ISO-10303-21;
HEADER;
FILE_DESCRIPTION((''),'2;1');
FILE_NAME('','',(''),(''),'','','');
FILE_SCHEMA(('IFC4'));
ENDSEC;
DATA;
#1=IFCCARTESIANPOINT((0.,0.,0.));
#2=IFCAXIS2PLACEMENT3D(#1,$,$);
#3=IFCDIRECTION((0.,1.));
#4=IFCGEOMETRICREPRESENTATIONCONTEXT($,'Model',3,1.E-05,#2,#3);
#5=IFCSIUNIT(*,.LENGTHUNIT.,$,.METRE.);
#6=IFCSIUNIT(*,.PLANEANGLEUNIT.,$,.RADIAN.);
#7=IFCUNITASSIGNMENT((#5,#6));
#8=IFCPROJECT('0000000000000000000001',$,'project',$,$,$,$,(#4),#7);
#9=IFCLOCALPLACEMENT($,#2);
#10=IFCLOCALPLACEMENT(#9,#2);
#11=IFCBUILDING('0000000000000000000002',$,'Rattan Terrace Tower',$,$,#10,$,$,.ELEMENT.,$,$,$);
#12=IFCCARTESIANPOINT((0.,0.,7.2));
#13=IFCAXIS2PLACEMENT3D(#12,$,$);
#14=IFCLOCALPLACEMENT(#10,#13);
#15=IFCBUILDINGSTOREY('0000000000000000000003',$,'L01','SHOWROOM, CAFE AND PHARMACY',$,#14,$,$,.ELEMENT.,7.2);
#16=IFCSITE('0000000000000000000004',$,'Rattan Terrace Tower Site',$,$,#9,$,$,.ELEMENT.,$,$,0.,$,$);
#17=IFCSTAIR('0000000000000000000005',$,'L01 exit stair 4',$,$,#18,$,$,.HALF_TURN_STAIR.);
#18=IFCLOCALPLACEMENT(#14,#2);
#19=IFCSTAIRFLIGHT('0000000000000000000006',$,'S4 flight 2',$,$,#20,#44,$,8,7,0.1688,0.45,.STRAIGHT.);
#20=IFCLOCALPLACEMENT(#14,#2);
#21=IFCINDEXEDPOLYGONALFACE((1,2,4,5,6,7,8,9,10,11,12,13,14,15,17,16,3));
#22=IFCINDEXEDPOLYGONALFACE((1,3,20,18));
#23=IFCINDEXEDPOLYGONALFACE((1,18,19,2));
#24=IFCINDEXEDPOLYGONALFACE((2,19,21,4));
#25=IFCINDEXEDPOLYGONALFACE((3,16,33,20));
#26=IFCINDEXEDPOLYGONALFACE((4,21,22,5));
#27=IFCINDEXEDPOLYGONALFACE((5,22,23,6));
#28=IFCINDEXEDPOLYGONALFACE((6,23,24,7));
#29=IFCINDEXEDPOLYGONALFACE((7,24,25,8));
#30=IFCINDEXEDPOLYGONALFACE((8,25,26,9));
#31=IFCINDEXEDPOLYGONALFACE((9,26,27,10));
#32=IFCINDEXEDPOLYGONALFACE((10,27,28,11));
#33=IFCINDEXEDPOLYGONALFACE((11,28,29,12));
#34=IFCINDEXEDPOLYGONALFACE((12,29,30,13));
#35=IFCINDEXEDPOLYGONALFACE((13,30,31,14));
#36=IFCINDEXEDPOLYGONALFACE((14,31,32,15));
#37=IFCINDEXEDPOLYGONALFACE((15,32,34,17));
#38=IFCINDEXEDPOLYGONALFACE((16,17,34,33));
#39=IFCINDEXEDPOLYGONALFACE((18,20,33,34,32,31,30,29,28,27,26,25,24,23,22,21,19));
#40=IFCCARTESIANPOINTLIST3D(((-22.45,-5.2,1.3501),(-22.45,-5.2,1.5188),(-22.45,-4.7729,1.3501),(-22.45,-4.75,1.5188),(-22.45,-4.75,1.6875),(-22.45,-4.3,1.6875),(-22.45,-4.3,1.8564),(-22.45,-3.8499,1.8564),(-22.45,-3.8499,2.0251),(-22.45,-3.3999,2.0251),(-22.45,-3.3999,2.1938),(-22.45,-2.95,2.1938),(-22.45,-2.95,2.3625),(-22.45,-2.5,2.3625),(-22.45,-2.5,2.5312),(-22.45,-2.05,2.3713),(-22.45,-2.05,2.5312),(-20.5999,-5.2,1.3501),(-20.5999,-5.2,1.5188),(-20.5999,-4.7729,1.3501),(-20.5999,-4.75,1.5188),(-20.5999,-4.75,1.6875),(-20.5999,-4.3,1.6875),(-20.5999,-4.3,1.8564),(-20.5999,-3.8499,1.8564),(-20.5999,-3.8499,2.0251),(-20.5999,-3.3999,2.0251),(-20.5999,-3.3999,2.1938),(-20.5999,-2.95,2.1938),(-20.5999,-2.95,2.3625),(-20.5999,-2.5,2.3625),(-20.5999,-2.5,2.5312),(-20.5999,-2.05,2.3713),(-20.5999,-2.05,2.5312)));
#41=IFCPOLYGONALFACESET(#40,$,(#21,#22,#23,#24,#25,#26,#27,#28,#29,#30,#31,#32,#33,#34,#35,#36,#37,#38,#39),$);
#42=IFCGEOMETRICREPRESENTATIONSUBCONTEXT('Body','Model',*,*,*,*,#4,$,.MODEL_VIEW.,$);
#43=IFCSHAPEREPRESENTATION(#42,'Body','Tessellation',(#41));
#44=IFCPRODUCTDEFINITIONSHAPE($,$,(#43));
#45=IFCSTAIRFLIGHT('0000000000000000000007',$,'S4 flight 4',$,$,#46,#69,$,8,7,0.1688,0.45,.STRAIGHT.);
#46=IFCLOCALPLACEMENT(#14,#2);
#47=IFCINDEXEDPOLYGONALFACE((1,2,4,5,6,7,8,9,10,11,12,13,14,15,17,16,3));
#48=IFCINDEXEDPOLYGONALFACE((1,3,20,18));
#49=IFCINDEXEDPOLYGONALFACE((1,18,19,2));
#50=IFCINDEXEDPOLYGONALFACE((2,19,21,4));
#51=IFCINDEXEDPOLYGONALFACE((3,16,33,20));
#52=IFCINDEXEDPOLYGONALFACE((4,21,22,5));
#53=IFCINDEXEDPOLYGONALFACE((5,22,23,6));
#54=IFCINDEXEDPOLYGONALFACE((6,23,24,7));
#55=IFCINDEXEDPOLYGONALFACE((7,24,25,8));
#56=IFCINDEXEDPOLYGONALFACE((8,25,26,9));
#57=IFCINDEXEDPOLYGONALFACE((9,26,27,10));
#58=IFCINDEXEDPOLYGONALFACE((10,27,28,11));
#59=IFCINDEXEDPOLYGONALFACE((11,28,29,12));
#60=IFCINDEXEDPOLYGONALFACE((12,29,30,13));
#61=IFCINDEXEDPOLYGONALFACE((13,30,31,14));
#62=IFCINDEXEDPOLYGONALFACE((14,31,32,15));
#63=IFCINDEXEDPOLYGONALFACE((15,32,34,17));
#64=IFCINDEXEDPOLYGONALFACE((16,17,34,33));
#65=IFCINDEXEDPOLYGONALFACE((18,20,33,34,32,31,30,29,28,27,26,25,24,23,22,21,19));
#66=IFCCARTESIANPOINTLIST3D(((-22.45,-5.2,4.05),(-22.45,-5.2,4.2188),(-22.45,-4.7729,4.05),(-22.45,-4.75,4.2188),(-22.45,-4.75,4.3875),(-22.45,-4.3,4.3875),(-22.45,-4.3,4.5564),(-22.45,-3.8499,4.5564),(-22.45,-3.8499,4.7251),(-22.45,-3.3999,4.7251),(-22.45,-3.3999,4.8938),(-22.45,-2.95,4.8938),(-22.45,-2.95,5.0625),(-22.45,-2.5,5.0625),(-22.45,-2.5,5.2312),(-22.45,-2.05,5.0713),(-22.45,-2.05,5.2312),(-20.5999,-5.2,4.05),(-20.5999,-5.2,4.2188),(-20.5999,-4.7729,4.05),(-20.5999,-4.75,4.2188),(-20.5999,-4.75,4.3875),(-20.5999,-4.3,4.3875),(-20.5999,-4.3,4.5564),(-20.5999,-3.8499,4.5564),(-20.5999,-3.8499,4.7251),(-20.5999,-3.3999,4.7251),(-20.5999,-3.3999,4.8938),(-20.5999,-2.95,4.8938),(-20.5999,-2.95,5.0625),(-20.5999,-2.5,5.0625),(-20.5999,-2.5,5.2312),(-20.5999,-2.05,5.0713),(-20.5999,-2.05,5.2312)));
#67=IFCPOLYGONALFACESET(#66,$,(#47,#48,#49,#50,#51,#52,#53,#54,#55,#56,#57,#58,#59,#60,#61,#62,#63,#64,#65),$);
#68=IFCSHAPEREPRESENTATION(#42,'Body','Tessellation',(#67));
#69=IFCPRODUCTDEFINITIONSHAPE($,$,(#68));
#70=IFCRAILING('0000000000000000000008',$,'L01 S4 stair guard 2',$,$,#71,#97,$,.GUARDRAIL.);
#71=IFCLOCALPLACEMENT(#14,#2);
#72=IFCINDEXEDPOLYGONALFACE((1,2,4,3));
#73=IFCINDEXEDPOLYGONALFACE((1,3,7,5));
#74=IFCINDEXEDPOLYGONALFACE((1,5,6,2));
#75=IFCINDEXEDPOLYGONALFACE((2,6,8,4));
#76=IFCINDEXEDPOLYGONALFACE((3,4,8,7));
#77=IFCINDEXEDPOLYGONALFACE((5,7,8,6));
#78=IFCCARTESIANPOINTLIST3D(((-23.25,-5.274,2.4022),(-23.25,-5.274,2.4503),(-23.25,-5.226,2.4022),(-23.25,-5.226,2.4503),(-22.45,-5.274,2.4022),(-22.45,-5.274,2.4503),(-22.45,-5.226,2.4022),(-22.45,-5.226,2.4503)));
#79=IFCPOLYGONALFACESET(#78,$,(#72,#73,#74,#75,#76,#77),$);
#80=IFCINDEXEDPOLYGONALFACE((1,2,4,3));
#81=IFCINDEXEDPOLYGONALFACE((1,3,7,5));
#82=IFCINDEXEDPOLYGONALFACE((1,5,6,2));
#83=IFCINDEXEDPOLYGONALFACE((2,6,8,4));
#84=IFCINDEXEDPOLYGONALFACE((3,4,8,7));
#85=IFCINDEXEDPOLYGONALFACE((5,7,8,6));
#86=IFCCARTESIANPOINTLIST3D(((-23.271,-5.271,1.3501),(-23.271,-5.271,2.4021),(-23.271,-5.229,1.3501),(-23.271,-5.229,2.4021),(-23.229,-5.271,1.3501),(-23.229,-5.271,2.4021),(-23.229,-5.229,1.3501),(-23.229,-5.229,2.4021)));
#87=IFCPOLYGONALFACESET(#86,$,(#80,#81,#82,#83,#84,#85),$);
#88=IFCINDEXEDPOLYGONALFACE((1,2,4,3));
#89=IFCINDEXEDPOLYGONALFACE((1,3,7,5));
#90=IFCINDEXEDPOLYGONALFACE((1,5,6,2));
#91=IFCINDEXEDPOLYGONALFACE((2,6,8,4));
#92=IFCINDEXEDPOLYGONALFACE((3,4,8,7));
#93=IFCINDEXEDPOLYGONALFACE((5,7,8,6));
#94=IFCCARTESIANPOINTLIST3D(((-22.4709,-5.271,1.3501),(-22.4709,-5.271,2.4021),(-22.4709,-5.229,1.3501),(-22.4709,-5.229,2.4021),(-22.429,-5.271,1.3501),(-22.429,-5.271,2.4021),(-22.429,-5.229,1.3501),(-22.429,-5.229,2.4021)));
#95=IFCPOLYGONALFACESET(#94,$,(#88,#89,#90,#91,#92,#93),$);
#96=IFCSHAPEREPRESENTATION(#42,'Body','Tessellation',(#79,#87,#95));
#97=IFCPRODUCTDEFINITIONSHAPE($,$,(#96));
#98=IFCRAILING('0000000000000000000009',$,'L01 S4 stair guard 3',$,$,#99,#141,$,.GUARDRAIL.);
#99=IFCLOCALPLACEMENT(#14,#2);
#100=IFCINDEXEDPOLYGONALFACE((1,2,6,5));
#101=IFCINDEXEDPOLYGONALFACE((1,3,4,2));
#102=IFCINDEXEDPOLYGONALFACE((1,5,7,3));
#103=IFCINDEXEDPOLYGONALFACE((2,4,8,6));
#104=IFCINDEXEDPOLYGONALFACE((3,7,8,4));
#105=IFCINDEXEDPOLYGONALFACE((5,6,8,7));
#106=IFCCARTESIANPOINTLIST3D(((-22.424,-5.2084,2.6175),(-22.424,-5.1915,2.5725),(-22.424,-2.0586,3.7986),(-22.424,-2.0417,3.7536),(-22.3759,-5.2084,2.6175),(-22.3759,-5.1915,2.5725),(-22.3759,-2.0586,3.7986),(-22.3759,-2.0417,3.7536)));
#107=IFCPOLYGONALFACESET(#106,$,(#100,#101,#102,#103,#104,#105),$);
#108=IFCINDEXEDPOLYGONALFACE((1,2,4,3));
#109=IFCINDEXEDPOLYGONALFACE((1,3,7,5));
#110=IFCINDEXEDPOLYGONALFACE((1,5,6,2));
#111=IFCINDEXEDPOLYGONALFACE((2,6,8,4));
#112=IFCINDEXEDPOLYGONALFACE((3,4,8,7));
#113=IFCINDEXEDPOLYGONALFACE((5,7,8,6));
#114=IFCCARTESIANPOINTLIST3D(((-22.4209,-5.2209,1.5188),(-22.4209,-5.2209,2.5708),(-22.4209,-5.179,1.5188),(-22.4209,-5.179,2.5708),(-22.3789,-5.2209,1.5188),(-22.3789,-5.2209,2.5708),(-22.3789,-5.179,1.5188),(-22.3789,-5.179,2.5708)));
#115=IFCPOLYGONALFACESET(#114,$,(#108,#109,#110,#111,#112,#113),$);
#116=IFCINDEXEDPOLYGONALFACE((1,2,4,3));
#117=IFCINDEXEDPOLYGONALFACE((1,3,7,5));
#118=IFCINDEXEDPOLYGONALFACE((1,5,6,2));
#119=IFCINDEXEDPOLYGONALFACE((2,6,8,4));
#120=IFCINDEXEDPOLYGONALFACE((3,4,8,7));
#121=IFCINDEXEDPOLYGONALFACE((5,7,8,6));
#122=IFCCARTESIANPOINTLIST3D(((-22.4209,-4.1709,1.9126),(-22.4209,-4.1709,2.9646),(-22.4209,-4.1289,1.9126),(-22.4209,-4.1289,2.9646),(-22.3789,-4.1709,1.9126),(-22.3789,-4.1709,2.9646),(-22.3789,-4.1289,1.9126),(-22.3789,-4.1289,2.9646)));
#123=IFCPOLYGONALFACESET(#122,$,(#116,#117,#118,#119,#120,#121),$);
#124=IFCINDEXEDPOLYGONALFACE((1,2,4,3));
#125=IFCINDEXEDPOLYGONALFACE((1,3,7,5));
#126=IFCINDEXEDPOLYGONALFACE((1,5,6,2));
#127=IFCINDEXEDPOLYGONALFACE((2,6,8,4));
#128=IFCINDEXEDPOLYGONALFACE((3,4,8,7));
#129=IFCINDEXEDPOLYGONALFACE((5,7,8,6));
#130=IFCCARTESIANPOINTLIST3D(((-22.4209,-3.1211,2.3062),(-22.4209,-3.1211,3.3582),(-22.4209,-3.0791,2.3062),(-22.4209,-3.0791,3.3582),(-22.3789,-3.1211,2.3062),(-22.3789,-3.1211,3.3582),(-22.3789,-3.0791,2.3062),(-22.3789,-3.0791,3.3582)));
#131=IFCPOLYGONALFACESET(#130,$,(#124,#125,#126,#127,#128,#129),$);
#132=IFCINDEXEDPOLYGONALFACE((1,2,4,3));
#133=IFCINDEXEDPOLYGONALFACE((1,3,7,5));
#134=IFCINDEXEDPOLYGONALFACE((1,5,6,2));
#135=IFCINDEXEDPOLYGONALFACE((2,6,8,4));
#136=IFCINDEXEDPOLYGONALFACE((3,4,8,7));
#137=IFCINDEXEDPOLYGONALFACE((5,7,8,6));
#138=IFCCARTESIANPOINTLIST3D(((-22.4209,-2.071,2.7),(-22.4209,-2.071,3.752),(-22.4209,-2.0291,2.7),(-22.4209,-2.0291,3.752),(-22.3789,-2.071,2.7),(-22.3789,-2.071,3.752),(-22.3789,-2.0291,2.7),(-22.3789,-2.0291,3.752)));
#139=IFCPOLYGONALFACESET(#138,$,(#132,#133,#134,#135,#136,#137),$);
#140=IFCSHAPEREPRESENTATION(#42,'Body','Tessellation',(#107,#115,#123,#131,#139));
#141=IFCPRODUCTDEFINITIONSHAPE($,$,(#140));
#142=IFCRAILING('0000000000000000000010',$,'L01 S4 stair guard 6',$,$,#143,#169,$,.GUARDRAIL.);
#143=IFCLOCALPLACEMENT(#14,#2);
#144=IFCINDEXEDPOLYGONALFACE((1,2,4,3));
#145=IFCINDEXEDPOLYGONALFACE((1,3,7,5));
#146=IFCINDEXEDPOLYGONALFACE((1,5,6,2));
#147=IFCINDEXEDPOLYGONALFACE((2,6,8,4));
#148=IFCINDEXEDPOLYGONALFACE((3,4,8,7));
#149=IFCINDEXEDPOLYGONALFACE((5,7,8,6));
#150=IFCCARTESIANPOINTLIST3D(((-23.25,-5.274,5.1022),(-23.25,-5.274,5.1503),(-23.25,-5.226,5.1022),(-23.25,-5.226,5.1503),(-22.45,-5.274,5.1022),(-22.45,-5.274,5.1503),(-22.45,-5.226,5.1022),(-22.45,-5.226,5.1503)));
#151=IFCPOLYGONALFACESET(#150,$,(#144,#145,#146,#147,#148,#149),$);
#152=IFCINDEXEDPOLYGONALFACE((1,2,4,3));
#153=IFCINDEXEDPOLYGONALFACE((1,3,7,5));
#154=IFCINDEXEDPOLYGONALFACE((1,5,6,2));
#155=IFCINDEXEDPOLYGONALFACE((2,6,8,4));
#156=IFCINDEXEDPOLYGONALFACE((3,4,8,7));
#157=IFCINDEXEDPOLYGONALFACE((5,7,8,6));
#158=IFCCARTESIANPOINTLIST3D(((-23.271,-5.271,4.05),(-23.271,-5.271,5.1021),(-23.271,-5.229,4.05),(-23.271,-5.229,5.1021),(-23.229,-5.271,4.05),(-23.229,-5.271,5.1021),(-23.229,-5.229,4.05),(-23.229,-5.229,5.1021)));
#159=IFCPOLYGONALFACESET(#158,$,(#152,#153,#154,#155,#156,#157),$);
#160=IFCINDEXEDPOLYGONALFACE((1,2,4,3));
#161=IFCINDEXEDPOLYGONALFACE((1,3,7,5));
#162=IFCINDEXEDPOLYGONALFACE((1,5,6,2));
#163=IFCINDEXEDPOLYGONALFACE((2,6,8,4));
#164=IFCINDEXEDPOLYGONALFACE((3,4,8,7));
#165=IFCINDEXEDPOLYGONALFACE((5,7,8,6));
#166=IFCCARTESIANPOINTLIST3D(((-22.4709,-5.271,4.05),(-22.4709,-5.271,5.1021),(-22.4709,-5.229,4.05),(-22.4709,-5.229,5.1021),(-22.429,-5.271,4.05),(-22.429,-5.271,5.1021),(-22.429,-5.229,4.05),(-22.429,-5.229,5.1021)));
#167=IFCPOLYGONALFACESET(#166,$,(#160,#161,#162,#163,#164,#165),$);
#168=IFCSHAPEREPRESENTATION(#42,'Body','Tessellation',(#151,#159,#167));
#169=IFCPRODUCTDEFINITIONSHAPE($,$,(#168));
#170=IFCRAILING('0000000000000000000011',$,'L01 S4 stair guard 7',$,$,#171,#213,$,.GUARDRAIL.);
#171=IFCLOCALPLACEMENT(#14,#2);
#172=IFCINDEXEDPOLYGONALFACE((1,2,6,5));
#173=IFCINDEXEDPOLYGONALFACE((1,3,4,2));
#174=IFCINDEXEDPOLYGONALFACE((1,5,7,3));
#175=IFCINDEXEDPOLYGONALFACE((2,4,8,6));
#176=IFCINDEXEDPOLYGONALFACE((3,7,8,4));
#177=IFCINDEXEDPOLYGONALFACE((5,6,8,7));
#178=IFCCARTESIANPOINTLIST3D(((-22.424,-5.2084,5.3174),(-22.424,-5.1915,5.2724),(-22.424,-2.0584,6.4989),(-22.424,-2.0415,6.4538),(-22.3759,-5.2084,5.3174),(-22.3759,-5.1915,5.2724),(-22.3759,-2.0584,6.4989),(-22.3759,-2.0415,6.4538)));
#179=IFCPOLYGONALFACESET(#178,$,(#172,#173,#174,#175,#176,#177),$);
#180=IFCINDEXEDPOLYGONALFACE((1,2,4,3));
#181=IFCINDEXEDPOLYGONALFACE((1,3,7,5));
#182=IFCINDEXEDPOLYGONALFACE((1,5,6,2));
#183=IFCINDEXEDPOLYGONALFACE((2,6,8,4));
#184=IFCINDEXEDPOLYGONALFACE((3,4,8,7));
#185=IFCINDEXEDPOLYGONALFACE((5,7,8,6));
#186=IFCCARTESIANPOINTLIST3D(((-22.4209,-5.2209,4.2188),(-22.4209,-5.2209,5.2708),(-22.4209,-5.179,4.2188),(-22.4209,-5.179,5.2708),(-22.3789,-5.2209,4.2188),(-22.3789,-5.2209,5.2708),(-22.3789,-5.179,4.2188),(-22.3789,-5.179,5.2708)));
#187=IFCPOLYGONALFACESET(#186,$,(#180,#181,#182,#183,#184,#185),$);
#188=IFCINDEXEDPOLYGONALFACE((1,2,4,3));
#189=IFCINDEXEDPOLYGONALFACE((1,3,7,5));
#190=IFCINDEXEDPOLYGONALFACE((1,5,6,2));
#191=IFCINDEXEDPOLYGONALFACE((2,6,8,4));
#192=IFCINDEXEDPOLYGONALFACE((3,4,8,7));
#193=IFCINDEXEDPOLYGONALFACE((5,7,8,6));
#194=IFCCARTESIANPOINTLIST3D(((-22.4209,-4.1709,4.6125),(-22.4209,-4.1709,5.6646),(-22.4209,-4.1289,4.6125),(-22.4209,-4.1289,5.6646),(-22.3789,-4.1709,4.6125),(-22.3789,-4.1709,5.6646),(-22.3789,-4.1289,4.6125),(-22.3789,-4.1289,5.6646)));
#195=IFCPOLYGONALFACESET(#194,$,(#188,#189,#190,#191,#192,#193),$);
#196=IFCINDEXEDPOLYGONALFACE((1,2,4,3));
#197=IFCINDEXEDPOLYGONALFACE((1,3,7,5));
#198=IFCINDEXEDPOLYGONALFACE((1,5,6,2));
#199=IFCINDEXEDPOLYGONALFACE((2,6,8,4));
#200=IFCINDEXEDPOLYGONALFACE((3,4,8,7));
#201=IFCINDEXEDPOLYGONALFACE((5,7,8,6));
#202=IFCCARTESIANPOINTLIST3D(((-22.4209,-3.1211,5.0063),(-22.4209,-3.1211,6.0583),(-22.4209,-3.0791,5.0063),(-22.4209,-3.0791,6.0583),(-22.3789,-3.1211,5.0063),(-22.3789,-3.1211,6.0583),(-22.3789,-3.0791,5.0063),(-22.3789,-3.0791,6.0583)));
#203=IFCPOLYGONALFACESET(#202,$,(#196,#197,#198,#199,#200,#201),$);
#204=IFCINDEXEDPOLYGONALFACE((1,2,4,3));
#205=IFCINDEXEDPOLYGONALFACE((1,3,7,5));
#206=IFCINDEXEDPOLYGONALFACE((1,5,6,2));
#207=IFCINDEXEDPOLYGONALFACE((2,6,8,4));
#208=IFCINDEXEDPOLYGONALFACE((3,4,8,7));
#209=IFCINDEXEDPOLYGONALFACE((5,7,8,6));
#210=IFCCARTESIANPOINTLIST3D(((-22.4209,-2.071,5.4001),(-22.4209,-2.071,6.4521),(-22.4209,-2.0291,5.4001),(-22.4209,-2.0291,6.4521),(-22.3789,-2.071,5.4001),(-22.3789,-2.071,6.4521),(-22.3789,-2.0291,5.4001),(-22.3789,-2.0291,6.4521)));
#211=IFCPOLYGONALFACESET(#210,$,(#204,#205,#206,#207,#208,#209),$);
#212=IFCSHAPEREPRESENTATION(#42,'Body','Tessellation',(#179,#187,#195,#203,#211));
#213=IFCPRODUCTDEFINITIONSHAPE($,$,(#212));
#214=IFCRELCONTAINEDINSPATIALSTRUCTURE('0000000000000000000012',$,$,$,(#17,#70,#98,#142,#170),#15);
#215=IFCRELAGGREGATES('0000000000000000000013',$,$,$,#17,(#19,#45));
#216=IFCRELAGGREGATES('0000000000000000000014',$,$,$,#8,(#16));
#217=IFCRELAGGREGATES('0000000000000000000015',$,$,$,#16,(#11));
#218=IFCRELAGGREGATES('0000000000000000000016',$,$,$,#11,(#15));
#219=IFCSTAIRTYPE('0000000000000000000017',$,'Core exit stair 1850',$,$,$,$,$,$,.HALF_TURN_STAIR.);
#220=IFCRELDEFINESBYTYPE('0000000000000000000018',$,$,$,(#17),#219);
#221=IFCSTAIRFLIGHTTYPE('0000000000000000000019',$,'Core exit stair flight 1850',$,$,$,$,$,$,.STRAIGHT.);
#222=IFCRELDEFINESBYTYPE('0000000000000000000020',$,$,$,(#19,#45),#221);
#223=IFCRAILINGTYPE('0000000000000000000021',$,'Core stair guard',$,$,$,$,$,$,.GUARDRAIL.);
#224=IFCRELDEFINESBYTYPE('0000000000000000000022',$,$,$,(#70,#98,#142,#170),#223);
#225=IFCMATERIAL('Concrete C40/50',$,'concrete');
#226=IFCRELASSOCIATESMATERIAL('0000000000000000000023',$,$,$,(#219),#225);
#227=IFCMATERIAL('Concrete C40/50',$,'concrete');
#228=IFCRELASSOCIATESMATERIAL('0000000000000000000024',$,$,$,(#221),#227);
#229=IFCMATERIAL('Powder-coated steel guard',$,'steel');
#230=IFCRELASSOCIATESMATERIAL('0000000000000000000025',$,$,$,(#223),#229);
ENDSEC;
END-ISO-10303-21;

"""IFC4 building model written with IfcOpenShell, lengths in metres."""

from ifc_helpers import new_model, si_unit, direction, frame, origin, origin_2d, place, context, subcontext, project, spatial, polyline, rectangle, outline, extrude, material, type_object, element, aggregate, save


model = new_model("IFC4")

# Units and contexts
model_context = context("Model", 3, precision=1e-05, world=origin(), true_north=direction((0.0, 1.0)))
body_context = subcontext(model_context, "Body", "Model", "MODEL_VIEW")
ifc_project = project(units=[si_unit("LENGTHUNIT", "METRE"), si_unit("PLANEANGLEUNIT", "RADIAN")], contexts=[model_context])

# Site, building, storey
site_placement = place(None, origin())
site = spatial("IfcSite", under=ifc_project, at=site_placement, Name="Rattan Terrace Tower Site", CompositionType="ELEMENT", RefElevation=0.0)
building_placement = place(site_placement, origin())
building = spatial("IfcBuilding", under=site, at=building_placement, Name="Rattan Terrace Tower", CompositionType="ELEMENT")
storey_placement = place(building_placement, frame((0.0, 0.0, 7.2)))
storey = spatial("IfcBuildingStorey", under=building, at=storey_placement, Name="L01", Description="SHOWROOM, CAFE AND PHARMACY", CompositionType="ELEMENT", Elevation=7.2)

# Stair, stair flights
ifc_material_1 = material(Name="Concrete C40/50", Category="concrete")
stair_type = type_object("IfcStairType", Name="Core exit stair 1850", PredefinedType="HALF_TURN_STAIR", material=ifc_material_1)
stair_placement = place(storey_placement, origin())
stair = element("IfcStair", 1, at=stair_placement, inside=storey, type_object=stair_type, Name="L01 exit stair 4", PredefinedType="HALF_TURN_STAIR")
ifc_material_2 = material(Name="Concrete C40/50", Category="concrete")
stair_flight_type = type_object("IfcStairFlightType", Name="Core exit stair flight 1850", PredefinedType="STRAIGHT", material=ifc_material_2)
stair_flight_1_placement = place(storey_placement, frame((-21.5249, -5.2, 1.3501), z_axis=(0.0, 0.0, 1.0), x_axis=(0.0, 1.0, 0.0)))
stair_flight_1 = element("IfcStairFlight", 2, at=stair_flight_1_placement, type_object=stair_flight_type, Name="S4 flight 2", NumberOfRisers=8, NumberOfTreads=7, PredefinedType="STRAIGHT", RiserHeight=0.1688, TreadLength=0.45, context=body_context, shape_type="SweptSolid", body=[
    extrude(outline(polyline([(0.0, 0.0), (0.0, 0.1687), (0.45, 0.1687), (0.45, 0.3374), (0.8999, 0.3374), (0.8999, 0.5063), (1.3501, 0.5063), (1.3501, 0.675), (1.8, 0.675), (1.8, 0.8438), (2.25, 0.8438), (2.25, 1.0125), (2.7, 1.0125), (2.7, 1.1812), (3.1499, 1.1812), (3.1499, 1.3501), (3.1499, 1.0212), (0.427, 0.0), (0.0, 0.0)])), frame((0.0, 0.925, 0.0), z_axis=(0.0, -1.0, 0.0), x_axis=(1.0, 0.0, 0.0)), (0.0, 0.0, 1.0), 1.8501),
])
stair_flight_2_placement = place(storey_placement, frame((-21.5249, -5.2, 4.05), z_axis=(0.0, 0.0, 1.0), x_axis=(0.0, 1.0, 0.0)))
stair_flight_2 = element("IfcStairFlight", 3, at=stair_flight_2_placement, type_object=stair_flight_type, Name="S4 flight 4", NumberOfRisers=8, NumberOfTreads=7, PredefinedType="STRAIGHT", RiserHeight=0.1688, TreadLength=0.45, context=body_context, shape_type="SweptSolid", body=[
    extrude(outline(polyline([(0.0, 0.0), (0.0, 0.1687), (0.45, 0.1687), (0.45, 0.3374), (0.8999, 0.3374), (0.8999, 0.5063), (1.3501, 0.5063), (1.3501, 0.675), (1.8, 0.675), (1.8, 0.8438), (2.25, 0.8438), (2.25, 1.0125), (2.7, 1.0125), (2.7, 1.1812), (3.1499, 1.1812), (3.1499, 1.3501), (3.1499, 1.0212), (0.427, 0.0), (0.0, 0.0)])), frame((0.0, 0.925, 0.0), z_axis=(0.0, -1.0, 0.0), x_axis=(1.0, 0.0, 0.0)), (0.0, 0.0, 1.0), 1.8501),
])
aggregate(stair, [stair_flight_1, stair_flight_2])

# Railings
ifc_material_3 = material(Name="Powder-coated steel guard", Category="steel")
railing_type_1 = type_object("IfcRailingType", Name="Core stair guard", PredefinedType="GUARDRAIL", material=ifc_material_3)
railing_1_placement = place(storey_placement, frame((-23.25, -5.25, 1.3501)))
element("IfcRailing", 4, at=railing_1_placement, inside=storey, type_object=railing_type_1, Name="L01 S4 stair guard 2", PredefinedType="GUARDRAIL", context=body_context, shape_type="SweptSolid", body=[
    extrude(rectangle(XDim=0.0481, YDim=0.0481, at=origin_2d()), frame((0.0, 0.0, 1.0762), z_axis=(1.0, 0.0, 0.0), x_axis=(0.0, 1.0, 0.0)), (0.0, 0.0, 1.0), 0.8),
    extrude(rectangle(XDim=0.042, YDim=0.042, at=origin_2d()), origin(), (0.0, 0.0, 1.0), 1.052),
    extrude(rectangle(XDim=0.042, YDim=0.042, at=origin_2d()), frame((0.8, 0.0, 0.0)), (0.0, 0.0, 1.0), 1.052),
])
railing_2_placement = place(storey_placement, frame((-22.3999, -5.2, 1.5188)))
element("IfcRailing", 5, at=railing_2_placement, inside=storey, type_object=railing_type_1, Name="L01 S4 stair guard 3", PredefinedType="GUARDRAIL", context=body_context, shape_type="SweptSolid", body=[
    extrude(rectangle(XDim=0.0481, YDim=0.0481, at=origin_2d()), frame((0.0, 0.0, 1.0762), z_axis=(0.0, 0.936335, 0.351108), x_axis=(-1.0, 0.0, 0.0)), (0.0, 0.0, 1.0), 3.364),
    extrude(rectangle(XDim=0.042, YDim=0.042, at=origin_2d()), origin(), (0.0, 0.0, 1.0), 1.052),
    extrude(rectangle(XDim=0.042, YDim=0.042, at=origin_2d()), frame((0.0, 1.05, 0.3938)), (0.0, 0.0, 1.0), 1.052),
    extrude(rectangle(XDim=0.042, YDim=0.042, at=origin_2d()), frame((0.0, 2.0999, 0.7874)), (0.0, 0.0, 1.0), 1.052),
    extrude(rectangle(XDim=0.042, YDim=0.042, at=origin_2d()), frame((0.0, 3.1499, 1.1812)), (0.0, 0.0, 1.0), 1.052),
])
railing_3_placement = place(storey_placement, frame((-23.25, -5.25, 4.05)))
element("IfcRailing", 6, at=railing_3_placement, inside=storey, type_object=railing_type_1, Name="L01 S4 stair guard 6", PredefinedType="GUARDRAIL", context=body_context, shape_type="SweptSolid", body=[
    extrude(rectangle(XDim=0.0481, YDim=0.0481, at=origin_2d()), frame((0.0, 0.0, 1.0762), z_axis=(1.0, 0.0, 0.0), x_axis=(0.0, 1.0, 0.0)), (0.0, 0.0, 1.0), 0.8),
    extrude(rectangle(XDim=0.042, YDim=0.042, at=origin_2d()), origin(), (0.0, 0.0, 1.0), 1.052),
    extrude(rectangle(XDim=0.042, YDim=0.042, at=origin_2d()), frame((0.8, 0.0, 0.0)), (0.0, 0.0, 1.0), 1.052),
])
railing_4_placement = place(storey_placement, frame((-22.3999, -5.2, 4.2188)))
element("IfcRailing", 7, at=railing_4_placement, inside=storey, type_object=railing_type_1, Name="L01 S4 stair guard 7", PredefinedType="GUARDRAIL", context=body_context, shape_type="SweptSolid", body=[
    extrude(rectangle(XDim=0.0481, YDim=0.0481, at=origin_2d()), frame((0.0, 0.0, 1.0762), z_axis=(0.0, 0.936311, 0.351171), x_axis=(-1.0, 0.0, 0.0)), (0.0, 0.0, 1.0), 3.3643),
    extrude(rectangle(XDim=0.042, YDim=0.042, at=origin_2d()), origin(), (0.0, 0.0, 1.0), 1.052),
    extrude(rectangle(XDim=0.042, YDim=0.042, at=origin_2d()), frame((0.0, 1.05, 0.3938)), (0.0, 0.0, 1.0), 1.052),
    extrude(rectangle(XDim=0.042, YDim=0.042, at=origin_2d()), frame((0.0, 2.0999, 0.7876)), (0.0, 0.0, 1.0), 1.052),
    extrude(rectangle(XDim=0.042, YDim=0.042, at=origin_2d()), frame((0.0, 3.1499, 1.1814)), (0.0, 0.0, 1.0), 1.052),
])

save(model, "model.ifc")
